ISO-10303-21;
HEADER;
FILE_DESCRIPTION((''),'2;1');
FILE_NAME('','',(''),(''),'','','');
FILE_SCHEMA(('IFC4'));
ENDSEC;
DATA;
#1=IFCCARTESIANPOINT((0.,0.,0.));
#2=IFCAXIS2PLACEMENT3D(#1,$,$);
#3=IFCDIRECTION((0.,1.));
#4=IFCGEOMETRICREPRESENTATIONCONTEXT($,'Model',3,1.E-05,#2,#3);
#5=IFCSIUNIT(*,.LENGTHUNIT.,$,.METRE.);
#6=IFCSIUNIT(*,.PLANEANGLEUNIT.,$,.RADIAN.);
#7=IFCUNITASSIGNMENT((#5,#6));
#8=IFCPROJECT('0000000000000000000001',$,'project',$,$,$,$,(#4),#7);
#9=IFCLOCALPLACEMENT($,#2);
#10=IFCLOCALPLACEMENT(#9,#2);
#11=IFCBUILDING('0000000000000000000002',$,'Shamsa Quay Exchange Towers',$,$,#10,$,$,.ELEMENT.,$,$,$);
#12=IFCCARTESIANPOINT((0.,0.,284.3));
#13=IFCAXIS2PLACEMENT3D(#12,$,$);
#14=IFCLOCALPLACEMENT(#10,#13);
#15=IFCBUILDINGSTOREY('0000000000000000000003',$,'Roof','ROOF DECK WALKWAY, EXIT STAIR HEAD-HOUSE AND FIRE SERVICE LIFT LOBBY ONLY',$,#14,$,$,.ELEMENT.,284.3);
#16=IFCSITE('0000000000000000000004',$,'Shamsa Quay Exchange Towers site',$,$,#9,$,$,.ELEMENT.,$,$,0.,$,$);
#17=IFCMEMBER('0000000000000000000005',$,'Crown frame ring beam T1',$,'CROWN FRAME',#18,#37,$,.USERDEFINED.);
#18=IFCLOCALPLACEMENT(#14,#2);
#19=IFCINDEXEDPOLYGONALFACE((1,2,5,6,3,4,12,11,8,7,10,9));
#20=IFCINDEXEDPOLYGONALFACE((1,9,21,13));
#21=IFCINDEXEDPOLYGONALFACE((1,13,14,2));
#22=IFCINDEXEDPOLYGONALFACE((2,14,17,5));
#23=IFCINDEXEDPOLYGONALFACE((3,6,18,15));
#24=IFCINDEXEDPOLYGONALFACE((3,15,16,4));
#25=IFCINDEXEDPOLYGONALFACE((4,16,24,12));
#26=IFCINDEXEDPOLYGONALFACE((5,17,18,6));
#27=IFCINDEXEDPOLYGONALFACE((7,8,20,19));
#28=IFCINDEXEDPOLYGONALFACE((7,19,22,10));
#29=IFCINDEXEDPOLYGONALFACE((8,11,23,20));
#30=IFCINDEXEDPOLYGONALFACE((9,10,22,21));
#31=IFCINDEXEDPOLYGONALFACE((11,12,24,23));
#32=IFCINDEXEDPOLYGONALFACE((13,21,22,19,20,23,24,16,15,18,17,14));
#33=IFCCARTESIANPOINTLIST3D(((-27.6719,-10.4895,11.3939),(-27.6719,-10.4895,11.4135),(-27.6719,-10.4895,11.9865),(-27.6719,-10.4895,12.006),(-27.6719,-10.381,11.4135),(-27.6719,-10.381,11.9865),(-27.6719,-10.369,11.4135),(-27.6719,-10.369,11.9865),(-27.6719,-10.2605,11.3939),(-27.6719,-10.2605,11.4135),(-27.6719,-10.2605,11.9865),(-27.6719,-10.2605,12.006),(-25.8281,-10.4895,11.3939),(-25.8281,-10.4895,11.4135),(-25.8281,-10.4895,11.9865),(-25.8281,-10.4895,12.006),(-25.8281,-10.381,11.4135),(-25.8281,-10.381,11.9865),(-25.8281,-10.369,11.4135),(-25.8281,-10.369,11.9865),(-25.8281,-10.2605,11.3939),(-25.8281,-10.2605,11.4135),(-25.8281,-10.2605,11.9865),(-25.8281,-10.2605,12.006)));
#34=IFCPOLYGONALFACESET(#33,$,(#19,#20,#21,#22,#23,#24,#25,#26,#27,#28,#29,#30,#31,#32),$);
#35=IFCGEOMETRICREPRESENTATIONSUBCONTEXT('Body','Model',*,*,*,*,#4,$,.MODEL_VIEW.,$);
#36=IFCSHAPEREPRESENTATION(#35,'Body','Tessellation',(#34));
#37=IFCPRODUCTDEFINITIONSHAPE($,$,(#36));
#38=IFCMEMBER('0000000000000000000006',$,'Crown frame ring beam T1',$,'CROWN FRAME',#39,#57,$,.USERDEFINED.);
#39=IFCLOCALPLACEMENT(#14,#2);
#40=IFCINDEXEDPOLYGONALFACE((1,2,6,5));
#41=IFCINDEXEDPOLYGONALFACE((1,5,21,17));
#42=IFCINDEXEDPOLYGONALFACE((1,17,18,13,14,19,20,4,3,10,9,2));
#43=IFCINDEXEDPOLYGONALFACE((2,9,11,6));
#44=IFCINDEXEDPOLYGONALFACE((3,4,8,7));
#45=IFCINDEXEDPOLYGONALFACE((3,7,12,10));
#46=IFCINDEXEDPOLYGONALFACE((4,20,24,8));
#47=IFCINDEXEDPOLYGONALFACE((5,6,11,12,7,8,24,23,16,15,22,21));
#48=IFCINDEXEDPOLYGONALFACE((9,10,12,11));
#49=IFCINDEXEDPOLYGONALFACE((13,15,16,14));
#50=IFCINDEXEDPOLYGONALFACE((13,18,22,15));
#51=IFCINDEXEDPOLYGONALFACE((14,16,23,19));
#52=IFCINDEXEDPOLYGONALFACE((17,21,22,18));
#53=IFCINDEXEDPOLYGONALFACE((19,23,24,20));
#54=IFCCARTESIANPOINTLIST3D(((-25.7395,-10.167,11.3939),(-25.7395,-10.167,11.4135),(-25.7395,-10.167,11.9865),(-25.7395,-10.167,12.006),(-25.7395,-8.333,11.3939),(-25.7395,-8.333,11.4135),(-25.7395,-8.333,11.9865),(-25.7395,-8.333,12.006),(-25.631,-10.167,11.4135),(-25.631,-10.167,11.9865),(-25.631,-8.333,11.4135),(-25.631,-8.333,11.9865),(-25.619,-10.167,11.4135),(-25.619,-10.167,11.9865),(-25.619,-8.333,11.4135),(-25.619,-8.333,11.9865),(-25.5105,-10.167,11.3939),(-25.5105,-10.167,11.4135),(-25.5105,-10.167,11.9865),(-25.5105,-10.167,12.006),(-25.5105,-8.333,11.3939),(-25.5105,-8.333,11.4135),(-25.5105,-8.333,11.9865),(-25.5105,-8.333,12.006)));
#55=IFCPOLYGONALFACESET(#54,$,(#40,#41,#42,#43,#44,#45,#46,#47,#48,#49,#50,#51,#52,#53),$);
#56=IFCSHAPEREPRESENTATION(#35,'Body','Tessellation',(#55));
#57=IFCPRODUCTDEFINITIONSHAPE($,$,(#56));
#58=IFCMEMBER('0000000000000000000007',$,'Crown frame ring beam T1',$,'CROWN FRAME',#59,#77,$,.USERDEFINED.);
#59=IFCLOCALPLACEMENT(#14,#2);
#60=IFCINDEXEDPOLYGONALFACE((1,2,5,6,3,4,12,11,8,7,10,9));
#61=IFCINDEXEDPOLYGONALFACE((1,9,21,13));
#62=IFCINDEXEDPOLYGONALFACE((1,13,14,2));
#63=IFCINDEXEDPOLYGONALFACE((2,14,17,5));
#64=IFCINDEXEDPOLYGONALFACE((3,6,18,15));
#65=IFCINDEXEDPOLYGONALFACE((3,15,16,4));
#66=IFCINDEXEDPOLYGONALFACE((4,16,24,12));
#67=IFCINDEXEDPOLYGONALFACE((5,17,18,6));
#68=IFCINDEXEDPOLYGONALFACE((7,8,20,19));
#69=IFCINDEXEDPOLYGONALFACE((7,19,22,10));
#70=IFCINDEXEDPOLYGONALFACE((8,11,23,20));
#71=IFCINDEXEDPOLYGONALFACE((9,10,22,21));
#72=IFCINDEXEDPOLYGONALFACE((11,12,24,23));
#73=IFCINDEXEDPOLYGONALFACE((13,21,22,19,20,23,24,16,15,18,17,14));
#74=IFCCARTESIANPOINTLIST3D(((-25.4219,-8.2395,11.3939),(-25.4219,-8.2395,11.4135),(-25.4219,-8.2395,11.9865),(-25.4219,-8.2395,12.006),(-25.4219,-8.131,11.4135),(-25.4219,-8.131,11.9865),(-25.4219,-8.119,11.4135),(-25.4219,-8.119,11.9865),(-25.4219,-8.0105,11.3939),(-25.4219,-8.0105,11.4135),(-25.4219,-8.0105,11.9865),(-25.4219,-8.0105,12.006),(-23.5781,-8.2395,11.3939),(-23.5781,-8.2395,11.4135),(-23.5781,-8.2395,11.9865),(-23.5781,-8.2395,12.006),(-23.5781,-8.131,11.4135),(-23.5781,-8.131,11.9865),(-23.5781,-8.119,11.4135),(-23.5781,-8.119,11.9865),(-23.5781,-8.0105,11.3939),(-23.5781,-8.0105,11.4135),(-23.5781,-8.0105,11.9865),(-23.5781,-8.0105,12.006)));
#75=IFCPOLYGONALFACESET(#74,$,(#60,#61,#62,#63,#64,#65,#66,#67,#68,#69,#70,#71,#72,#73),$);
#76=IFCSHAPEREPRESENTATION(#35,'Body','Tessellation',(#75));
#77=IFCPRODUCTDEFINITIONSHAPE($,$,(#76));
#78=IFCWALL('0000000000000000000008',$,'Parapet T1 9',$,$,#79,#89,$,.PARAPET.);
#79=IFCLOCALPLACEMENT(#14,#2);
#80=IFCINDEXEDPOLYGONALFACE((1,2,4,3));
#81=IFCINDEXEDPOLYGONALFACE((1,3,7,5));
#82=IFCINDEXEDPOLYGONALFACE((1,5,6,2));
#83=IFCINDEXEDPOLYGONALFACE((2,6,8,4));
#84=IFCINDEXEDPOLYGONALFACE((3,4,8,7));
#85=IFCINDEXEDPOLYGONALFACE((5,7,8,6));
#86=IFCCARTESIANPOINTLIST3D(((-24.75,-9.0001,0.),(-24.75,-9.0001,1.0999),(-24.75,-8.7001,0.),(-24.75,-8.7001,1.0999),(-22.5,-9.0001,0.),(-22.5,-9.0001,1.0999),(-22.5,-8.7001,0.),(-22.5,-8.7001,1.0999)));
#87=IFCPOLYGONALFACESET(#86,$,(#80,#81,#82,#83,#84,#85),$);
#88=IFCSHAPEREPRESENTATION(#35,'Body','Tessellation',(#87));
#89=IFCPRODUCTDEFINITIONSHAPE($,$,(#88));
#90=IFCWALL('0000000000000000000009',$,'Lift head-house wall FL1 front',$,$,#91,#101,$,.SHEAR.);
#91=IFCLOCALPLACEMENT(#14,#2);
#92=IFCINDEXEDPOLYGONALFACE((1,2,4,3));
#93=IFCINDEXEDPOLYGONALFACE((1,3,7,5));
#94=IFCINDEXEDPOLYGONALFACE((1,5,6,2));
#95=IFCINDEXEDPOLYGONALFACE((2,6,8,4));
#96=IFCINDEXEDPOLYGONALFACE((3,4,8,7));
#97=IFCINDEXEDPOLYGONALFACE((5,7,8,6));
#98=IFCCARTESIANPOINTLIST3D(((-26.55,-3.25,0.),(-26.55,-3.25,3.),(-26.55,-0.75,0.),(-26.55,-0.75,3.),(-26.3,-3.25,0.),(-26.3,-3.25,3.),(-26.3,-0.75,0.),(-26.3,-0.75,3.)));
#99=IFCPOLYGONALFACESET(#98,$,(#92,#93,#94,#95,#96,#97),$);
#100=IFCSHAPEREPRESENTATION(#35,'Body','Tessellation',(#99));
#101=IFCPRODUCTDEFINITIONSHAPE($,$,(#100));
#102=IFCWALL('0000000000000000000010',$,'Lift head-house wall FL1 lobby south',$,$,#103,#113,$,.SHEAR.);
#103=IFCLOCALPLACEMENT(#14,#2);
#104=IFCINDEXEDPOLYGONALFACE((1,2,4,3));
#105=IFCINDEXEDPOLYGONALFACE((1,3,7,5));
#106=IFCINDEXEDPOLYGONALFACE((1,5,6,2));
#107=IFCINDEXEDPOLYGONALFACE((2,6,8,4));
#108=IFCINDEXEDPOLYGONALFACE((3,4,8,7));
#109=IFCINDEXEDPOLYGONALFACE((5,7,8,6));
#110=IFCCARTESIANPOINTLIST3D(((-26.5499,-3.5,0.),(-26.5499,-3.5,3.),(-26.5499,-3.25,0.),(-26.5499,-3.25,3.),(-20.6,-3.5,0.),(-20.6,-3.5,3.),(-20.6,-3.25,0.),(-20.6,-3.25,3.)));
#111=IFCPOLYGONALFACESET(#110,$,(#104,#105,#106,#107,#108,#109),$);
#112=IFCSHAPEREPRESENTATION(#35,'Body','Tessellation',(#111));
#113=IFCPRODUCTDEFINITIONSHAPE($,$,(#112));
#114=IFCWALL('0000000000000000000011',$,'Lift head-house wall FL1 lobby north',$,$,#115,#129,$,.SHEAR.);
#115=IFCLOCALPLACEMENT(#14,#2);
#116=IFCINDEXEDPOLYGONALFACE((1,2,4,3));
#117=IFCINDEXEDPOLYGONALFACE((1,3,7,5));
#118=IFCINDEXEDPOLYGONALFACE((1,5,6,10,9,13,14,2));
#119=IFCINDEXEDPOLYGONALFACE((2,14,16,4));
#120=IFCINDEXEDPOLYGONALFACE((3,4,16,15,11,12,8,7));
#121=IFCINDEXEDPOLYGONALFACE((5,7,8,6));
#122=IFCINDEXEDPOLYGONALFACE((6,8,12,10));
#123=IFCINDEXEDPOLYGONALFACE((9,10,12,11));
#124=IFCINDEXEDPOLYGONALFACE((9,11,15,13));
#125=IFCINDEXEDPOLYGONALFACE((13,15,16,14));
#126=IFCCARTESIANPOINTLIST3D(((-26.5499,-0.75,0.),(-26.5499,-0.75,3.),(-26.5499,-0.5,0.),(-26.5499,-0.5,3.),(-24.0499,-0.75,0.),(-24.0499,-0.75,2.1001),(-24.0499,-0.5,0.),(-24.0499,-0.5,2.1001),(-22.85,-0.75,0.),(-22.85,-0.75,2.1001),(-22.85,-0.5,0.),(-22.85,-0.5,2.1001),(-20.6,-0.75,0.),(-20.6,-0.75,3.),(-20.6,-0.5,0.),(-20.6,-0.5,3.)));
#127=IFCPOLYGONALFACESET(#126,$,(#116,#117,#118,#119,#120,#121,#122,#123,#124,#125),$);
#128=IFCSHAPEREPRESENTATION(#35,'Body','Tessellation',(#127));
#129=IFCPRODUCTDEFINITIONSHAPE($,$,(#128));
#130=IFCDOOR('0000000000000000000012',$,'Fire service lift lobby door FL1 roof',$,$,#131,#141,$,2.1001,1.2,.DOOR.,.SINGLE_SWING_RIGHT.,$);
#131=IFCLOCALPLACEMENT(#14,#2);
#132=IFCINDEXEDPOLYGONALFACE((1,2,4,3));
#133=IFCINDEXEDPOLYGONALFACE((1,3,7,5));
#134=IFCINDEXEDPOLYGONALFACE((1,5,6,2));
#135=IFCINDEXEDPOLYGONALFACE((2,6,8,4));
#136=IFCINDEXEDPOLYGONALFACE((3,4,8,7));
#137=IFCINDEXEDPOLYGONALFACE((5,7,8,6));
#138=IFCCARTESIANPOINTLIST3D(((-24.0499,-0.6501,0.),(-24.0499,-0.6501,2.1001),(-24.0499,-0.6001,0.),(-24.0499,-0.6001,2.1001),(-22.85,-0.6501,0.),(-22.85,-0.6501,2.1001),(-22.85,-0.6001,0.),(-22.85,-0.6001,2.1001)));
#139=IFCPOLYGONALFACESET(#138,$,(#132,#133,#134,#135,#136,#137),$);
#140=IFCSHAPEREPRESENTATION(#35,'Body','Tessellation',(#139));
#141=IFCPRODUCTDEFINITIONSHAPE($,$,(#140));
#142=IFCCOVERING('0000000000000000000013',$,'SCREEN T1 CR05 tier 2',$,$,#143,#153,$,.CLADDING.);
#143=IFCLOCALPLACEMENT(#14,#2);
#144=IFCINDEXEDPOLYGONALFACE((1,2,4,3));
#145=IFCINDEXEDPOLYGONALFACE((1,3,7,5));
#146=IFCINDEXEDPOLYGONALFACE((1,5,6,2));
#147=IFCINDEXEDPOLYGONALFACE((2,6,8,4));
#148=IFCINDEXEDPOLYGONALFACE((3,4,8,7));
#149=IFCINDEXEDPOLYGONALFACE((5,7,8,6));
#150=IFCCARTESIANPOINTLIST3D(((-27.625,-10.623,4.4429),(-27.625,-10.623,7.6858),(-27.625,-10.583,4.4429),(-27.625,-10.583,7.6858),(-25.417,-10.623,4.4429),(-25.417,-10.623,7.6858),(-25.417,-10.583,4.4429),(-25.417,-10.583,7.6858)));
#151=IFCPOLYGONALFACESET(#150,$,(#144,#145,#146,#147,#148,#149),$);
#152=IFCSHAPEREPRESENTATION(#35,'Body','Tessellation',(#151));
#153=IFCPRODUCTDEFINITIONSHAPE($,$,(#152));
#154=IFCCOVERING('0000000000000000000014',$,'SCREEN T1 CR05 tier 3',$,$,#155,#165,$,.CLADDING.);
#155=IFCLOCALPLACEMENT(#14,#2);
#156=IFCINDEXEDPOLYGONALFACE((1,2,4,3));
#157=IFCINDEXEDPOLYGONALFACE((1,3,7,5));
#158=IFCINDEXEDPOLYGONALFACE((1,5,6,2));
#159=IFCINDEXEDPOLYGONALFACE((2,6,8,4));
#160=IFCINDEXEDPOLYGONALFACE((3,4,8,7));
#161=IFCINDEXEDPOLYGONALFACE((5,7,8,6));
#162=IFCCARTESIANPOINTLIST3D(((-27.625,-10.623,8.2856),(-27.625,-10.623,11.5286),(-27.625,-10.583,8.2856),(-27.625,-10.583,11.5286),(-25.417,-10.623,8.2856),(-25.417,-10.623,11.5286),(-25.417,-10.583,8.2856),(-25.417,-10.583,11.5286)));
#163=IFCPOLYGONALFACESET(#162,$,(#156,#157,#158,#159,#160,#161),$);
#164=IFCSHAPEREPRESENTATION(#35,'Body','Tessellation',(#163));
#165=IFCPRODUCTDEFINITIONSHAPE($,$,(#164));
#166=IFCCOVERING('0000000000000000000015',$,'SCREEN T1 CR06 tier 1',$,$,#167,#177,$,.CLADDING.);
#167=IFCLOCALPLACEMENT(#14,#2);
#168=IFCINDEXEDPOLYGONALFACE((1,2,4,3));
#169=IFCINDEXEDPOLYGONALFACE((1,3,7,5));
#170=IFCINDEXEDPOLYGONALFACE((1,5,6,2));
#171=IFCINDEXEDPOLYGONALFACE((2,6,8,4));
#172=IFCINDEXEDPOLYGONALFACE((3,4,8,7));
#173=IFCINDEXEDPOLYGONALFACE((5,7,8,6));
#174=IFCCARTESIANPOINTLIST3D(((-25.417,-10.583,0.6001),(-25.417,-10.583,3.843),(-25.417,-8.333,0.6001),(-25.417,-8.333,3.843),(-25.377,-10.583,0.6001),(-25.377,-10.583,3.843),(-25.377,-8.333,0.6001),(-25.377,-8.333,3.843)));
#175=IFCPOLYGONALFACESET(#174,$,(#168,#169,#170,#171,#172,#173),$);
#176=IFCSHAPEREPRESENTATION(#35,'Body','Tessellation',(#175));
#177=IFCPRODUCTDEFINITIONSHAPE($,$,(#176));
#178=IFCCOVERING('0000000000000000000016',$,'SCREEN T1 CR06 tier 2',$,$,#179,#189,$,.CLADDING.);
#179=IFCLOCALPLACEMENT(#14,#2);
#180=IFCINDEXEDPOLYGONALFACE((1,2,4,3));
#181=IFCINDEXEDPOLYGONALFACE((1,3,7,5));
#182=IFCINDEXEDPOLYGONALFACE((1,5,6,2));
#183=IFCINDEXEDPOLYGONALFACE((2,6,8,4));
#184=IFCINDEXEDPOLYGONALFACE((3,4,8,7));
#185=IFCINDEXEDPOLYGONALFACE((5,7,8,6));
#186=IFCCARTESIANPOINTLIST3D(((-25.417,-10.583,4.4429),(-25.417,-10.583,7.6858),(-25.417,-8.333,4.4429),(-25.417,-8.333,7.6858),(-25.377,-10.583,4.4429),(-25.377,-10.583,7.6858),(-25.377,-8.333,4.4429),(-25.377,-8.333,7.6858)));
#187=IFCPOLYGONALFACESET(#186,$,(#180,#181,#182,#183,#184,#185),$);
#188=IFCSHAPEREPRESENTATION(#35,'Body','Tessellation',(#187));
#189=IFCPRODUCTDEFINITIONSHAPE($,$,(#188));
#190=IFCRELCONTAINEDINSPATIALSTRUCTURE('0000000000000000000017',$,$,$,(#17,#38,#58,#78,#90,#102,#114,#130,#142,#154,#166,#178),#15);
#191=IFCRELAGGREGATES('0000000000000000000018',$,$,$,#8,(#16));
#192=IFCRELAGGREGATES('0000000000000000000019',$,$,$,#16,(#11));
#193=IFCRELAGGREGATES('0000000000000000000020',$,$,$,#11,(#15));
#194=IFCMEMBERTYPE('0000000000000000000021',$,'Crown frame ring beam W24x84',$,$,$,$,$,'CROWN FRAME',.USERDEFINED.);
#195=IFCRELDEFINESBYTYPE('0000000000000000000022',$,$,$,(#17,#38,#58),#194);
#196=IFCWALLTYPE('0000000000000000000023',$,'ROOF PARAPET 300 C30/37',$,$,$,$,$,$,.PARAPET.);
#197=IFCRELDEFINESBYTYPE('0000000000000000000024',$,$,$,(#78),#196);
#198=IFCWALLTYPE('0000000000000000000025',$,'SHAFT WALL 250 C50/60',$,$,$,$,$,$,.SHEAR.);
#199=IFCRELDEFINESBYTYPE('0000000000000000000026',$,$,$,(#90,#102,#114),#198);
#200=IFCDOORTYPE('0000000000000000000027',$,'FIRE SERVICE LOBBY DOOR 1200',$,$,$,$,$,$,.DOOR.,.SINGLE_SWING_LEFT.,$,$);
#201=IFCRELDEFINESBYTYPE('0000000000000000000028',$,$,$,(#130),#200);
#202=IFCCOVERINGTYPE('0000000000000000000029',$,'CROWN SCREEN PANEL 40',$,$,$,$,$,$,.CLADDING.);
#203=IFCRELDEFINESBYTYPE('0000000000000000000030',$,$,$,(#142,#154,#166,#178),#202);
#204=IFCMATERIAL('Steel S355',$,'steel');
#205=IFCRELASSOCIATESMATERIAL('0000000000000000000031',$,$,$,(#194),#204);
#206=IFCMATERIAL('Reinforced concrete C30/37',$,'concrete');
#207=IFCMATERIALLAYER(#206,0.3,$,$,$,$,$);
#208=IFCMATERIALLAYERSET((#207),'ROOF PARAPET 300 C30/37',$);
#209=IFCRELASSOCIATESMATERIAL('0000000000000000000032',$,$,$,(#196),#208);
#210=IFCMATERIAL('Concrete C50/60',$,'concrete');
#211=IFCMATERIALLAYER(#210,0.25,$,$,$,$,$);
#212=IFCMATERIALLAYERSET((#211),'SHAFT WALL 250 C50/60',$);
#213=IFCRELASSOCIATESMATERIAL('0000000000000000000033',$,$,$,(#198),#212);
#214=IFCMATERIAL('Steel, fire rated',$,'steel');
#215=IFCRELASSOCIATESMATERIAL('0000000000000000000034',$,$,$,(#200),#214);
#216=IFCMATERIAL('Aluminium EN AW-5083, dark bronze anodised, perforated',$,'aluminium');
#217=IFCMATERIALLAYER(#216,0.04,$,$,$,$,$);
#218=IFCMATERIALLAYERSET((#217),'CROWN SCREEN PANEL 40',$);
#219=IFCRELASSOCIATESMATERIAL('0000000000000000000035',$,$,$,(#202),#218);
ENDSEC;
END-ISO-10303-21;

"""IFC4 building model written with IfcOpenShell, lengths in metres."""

from ifc_helpers import new_model, si_unit, direction, frame, frame_2d, origin, origin_2d, place, context, subcontext, project, spatial, rectangle, i_section, extrude, material, layer, layer_set, material_profile, profile_set, type_object, element, fill, save


model = new_model("IFC4")

# Units and contexts
model_context = context("Model", 3, precision=1e-05, world=origin(), true_north=direction((0.0, 1.0)))
body_context = subcontext(model_context, "Body", "Model", "MODEL_VIEW")
ifc_project = project(units=[si_unit("LENGTHUNIT", "METRE"), si_unit("PLANEANGLEUNIT", "RADIAN")], contexts=[model_context])

# Site, building, storey
site_placement = place(None, origin())
site = spatial("IfcSite", under=ifc_project, at=site_placement, Name="Shamsa Quay Exchange Towers site", CompositionType="ELEMENT", RefElevation=0.0)
building_placement = place(site_placement, origin())
building = spatial("IfcBuilding", under=site, at=building_placement, Name="Shamsa Quay Exchange Towers", CompositionType="ELEMENT")
storey_placement = place(building_placement, frame((0.0, 0.0, 284.3)))
storey = spatial("IfcBuildingStorey", under=building, at=storey_placement, Name="Roof", Description="ROOF DECK WALKWAY, EXIT STAIR HEAD-HOUSE AND FIRE SERVICE LIFT LOBBY ONLY", CompositionType="ELEMENT", Elevation=284.3)

# Members
ifc_material_1 = material(Name="Steel S355", Category="steel")
ifc_material_profile_1 = material_profile(ifc_material_1, i_section(OverallWidth=0.229, OverallDepth=0.6121, WebThickness=0.012, FlangeThickness=0.0195, at=origin_2d()), Name="W24x84")
ifc_profile_set_1 = profile_set([ifc_material_profile_1], Name="Steel S355")
member_type_1 = type_object("IfcMemberType", Name="Crown frame ring beam W24x84", ElementType="CROWN FRAME", PredefinedType="USERDEFINED", material=ifc_profile_set_1)
member_1_placement = place(storey_placement, frame((-27.6719, -10.375, 11.7), z_axis=(1.0, 0.0, 0.0), x_axis=(0.0, 1.0, 0.0)))
element("IfcMember", 1, at=member_1_placement, inside=storey, type_object=member_type_1, Name="Crown frame ring beam T1", ObjectType="CROWN FRAME", PredefinedType="USERDEFINED", context=body_context, shape_type="SweptSolid", body=[
    extrude(i_section(OverallWidth=0.229, OverallDepth=0.6121, WebThickness=0.012, FlangeThickness=0.0195, at=origin_2d()), origin(), (0.0, 0.0, 1.0), 1.8438),
])
member_2_placement = place(storey_placement, frame((-25.625, -10.167, 11.7), z_axis=(0.0, 1.0, 0.0), x_axis=(-1.0, 0.0, 0.0)))
element("IfcMember", 2, at=member_2_placement, inside=storey, type_object=member_type_1, Name="Crown frame ring beam T1", ObjectType="CROWN FRAME", PredefinedType="USERDEFINED", context=body_context, shape_type="SweptSolid", body=[
    extrude(i_section(OverallWidth=0.229, OverallDepth=0.6121, WebThickness=0.012, FlangeThickness=0.0195, at=origin_2d()), origin(), (0.0, 0.0, 1.0), 1.834),
])
member_3_placement = place(storey_placement, frame((-25.4219, -8.125, 11.7), z_axis=(1.0, 0.0, 0.0), x_axis=(0.0, 1.0, 0.0)))
element("IfcMember", 3, at=member_3_placement, inside=storey, type_object=member_type_1, Name="Crown frame ring beam T1", ObjectType="CROWN FRAME", PredefinedType="USERDEFINED", context=body_context, shape_type="SweptSolid", body=[
    extrude(i_section(OverallWidth=0.229, OverallDepth=0.6121, WebThickness=0.012, FlangeThickness=0.0195, at=origin_2d()), origin(), (0.0, 0.0, 1.0), 1.8438),
])

# Walls
ifc_material_2 = material(Name="Reinforced concrete C30/37", Category="concrete")
ifc_layer_1 = layer(ifc_material_2, 0.3)
ifc_layer_set_1 = layer_set([ifc_layer_1], Name="ROOF PARAPET 300 C30/37")
wall_type_1 = type_object("IfcWallType", Name="ROOF PARAPET 300 C30/37", PredefinedType="PARAPET", material=ifc_layer_set_1)
wall_1_placement = place(storey_placement, frame((-24.75, -8.8501, 0.0)))
element("IfcWall", 4, at=wall_1_placement, inside=storey, type_object=wall_type_1, Name="Parapet T1 9", PredefinedType="PARAPET", context=body_context, shape_type="SweptSolid", body=[
    extrude(rectangle(XDim=2.25, YDim=0.3, at=frame_2d((1.125, 0.0))), origin(), (0.0, 0.0, 1.0), 1.0999),
])
ifc_material_3 = material(Name="Concrete C50/60", Category="concrete")
ifc_layer_2 = layer(ifc_material_3, 0.25)
ifc_layer_set_2 = layer_set([ifc_layer_2], Name="SHAFT WALL 250 C50/60")
wall_type_2 = type_object("IfcWallType", Name="SHAFT WALL 250 C50/60", PredefinedType="SHEAR", material=ifc_layer_set_2)
wall_2_placement = place(storey_placement, frame((-26.425, -3.25, 0.0), z_axis=(0.0, 0.0, 1.0), x_axis=(0.0, 1.0, 0.0)))
element("IfcWall", 5, at=wall_2_placement, inside=storey, type_object=wall_type_2, Name="Lift head-house wall FL1 front", PredefinedType="SHEAR", context=body_context, shape_type="SweptSolid", body=[
    extrude(rectangle(XDim=2.5, YDim=0.25, at=frame_2d((1.25, 0.0))), origin(), (0.0, 0.0, 1.0), 3.0),
])
wall_3_placement = place(storey_placement, frame((-26.55, -3.375, 0.0)))
element("IfcWall", 6, at=wall_3_placement, inside=storey, type_object=wall_type_2, Name="Lift head-house wall FL1 lobby south", PredefinedType="SHEAR", context=body_context, shape_type="SweptSolid", body=[
    extrude(rectangle(XDim=5.95, YDim=0.25, at=frame_2d((2.9751, 0.0))), origin(), (0.0, 0.0, 1.0), 3.0),
])

# Wall, opening, door
wall_4_placement = place(storey_placement, frame((-26.55, -0.625, 0.0)))
wall_4 = element("IfcWall", 7, at=wall_4_placement, inside=storey, type_object=wall_type_2, Name="Lift head-house wall FL1 lobby north", PredefinedType="SHEAR", context=body_context, shape_type="SweptSolid", body=[
    extrude(rectangle(XDim=5.95, YDim=0.25, at=frame_2d((2.9751, 0.0))), origin(), (0.0, 0.0, 1.0), 3.0),
])
opening_placement = place(wall_4_placement, frame((2.5, 0.0, 0.0)))
opening = element("IfcOpeningElement", 8, at=opening_placement, cuts=wall_4, PredefinedType="OPENING", context=body_context, shape_type="SweptSolid", body=[
    extrude(rectangle(XDim=1.2, YDim=2.1001, at=frame_2d((0.6001, 1.05))), frame((0.0, 0.135, 0.0), z_axis=(0.0, -1.0, 0.0), x_axis=(1.0, 0.0, 0.0)), (0.0, 0.0, 1.0), 0.27),
])
ifc_material_4 = material(Name="Steel, fire rated", Category="steel")
door_type = type_object("IfcDoorType", Name="FIRE SERVICE LOBBY DOOR 1200", OperationType="SINGLE_SWING_LEFT", PredefinedType="DOOR", material=ifc_material_4)
door_placement = place(opening_placement, origin())
door = element("IfcDoor", 9, at=door_placement, inside=storey, type_object=door_type, Name="Fire service lift lobby door FL1 roof", OperationType="SINGLE_SWING_RIGHT", OverallHeight=2.1001, OverallWidth=1.2, PredefinedType="DOOR", context=body_context, shape_type="SweptSolid", body=[
    extrude(rectangle(XDim=1.2, YDim=2.1001, at=frame_2d((0.6001, 1.05))), frame((0.0, 0.0249, 0.0), z_axis=(0.0, -1.0, 0.0), x_axis=(1.0, 0.0, 0.0)), (0.0, 0.0, 1.0), 0.05),
])
fill(opening, door)

# Coverings
ifc_material_5 = material(Name="Aluminium EN AW-5083, dark bronze anodised, perforated", Category="aluminium")
ifc_layer_3 = layer(ifc_material_5, 0.04)
ifc_layer_set_3 = layer_set([ifc_layer_3], Name="CROWN SCREEN PANEL 40")
covering_type = type_object("IfcCoveringType", Name="CROWN SCREEN PANEL 40", PredefinedType="CLADDING", material=ifc_layer_set_3)
for number, where, name in (
    (10, (-26.521, -10.603, 4.4429), "SCREEN T1 CR05 tier 2"),
    (11, (-26.521, -10.603, 8.2856), "SCREEN T1 CR05 tier 3"),
):
    element("IfcCovering", number, at=place(storey_placement, frame(where)), inside=storey, type_object=covering_type, Name=name, PredefinedType="CLADDING", context=body_context, shape_type="SweptSolid", body=[
        extrude(rectangle(XDim=2.208, YDim=0.04, at=origin_2d()), origin(), (0.0, 0.0, 1.0), 3.2429),
    ])
for number, where, z_axis, x_axis, name in (
    (12, (-25.397, -9.458, 0.6001), (0.0, 0.0, 1.0), (0.0, 1.0, 0.0), "SCREEN T1 CR06 tier 1"),
    (13, (-25.397, -9.458, 4.4429), (0.0, 0.0, 1.0), (0.0, 1.0, 0.0), "SCREEN T1 CR06 tier 2"),
):
    element("IfcCovering", number, at=place(storey_placement, frame(where, z_axis=z_axis, x_axis=x_axis)), inside=storey, type_object=covering_type, Name=name, PredefinedType="CLADDING", context=body_context, shape_type="SweptSolid", body=[
        extrude(rectangle(XDim=2.25, YDim=0.04, at=origin_2d()), origin(), (0.0, 0.0, 1.0), 3.2429),
    ])

save(model, "model.ifc")
